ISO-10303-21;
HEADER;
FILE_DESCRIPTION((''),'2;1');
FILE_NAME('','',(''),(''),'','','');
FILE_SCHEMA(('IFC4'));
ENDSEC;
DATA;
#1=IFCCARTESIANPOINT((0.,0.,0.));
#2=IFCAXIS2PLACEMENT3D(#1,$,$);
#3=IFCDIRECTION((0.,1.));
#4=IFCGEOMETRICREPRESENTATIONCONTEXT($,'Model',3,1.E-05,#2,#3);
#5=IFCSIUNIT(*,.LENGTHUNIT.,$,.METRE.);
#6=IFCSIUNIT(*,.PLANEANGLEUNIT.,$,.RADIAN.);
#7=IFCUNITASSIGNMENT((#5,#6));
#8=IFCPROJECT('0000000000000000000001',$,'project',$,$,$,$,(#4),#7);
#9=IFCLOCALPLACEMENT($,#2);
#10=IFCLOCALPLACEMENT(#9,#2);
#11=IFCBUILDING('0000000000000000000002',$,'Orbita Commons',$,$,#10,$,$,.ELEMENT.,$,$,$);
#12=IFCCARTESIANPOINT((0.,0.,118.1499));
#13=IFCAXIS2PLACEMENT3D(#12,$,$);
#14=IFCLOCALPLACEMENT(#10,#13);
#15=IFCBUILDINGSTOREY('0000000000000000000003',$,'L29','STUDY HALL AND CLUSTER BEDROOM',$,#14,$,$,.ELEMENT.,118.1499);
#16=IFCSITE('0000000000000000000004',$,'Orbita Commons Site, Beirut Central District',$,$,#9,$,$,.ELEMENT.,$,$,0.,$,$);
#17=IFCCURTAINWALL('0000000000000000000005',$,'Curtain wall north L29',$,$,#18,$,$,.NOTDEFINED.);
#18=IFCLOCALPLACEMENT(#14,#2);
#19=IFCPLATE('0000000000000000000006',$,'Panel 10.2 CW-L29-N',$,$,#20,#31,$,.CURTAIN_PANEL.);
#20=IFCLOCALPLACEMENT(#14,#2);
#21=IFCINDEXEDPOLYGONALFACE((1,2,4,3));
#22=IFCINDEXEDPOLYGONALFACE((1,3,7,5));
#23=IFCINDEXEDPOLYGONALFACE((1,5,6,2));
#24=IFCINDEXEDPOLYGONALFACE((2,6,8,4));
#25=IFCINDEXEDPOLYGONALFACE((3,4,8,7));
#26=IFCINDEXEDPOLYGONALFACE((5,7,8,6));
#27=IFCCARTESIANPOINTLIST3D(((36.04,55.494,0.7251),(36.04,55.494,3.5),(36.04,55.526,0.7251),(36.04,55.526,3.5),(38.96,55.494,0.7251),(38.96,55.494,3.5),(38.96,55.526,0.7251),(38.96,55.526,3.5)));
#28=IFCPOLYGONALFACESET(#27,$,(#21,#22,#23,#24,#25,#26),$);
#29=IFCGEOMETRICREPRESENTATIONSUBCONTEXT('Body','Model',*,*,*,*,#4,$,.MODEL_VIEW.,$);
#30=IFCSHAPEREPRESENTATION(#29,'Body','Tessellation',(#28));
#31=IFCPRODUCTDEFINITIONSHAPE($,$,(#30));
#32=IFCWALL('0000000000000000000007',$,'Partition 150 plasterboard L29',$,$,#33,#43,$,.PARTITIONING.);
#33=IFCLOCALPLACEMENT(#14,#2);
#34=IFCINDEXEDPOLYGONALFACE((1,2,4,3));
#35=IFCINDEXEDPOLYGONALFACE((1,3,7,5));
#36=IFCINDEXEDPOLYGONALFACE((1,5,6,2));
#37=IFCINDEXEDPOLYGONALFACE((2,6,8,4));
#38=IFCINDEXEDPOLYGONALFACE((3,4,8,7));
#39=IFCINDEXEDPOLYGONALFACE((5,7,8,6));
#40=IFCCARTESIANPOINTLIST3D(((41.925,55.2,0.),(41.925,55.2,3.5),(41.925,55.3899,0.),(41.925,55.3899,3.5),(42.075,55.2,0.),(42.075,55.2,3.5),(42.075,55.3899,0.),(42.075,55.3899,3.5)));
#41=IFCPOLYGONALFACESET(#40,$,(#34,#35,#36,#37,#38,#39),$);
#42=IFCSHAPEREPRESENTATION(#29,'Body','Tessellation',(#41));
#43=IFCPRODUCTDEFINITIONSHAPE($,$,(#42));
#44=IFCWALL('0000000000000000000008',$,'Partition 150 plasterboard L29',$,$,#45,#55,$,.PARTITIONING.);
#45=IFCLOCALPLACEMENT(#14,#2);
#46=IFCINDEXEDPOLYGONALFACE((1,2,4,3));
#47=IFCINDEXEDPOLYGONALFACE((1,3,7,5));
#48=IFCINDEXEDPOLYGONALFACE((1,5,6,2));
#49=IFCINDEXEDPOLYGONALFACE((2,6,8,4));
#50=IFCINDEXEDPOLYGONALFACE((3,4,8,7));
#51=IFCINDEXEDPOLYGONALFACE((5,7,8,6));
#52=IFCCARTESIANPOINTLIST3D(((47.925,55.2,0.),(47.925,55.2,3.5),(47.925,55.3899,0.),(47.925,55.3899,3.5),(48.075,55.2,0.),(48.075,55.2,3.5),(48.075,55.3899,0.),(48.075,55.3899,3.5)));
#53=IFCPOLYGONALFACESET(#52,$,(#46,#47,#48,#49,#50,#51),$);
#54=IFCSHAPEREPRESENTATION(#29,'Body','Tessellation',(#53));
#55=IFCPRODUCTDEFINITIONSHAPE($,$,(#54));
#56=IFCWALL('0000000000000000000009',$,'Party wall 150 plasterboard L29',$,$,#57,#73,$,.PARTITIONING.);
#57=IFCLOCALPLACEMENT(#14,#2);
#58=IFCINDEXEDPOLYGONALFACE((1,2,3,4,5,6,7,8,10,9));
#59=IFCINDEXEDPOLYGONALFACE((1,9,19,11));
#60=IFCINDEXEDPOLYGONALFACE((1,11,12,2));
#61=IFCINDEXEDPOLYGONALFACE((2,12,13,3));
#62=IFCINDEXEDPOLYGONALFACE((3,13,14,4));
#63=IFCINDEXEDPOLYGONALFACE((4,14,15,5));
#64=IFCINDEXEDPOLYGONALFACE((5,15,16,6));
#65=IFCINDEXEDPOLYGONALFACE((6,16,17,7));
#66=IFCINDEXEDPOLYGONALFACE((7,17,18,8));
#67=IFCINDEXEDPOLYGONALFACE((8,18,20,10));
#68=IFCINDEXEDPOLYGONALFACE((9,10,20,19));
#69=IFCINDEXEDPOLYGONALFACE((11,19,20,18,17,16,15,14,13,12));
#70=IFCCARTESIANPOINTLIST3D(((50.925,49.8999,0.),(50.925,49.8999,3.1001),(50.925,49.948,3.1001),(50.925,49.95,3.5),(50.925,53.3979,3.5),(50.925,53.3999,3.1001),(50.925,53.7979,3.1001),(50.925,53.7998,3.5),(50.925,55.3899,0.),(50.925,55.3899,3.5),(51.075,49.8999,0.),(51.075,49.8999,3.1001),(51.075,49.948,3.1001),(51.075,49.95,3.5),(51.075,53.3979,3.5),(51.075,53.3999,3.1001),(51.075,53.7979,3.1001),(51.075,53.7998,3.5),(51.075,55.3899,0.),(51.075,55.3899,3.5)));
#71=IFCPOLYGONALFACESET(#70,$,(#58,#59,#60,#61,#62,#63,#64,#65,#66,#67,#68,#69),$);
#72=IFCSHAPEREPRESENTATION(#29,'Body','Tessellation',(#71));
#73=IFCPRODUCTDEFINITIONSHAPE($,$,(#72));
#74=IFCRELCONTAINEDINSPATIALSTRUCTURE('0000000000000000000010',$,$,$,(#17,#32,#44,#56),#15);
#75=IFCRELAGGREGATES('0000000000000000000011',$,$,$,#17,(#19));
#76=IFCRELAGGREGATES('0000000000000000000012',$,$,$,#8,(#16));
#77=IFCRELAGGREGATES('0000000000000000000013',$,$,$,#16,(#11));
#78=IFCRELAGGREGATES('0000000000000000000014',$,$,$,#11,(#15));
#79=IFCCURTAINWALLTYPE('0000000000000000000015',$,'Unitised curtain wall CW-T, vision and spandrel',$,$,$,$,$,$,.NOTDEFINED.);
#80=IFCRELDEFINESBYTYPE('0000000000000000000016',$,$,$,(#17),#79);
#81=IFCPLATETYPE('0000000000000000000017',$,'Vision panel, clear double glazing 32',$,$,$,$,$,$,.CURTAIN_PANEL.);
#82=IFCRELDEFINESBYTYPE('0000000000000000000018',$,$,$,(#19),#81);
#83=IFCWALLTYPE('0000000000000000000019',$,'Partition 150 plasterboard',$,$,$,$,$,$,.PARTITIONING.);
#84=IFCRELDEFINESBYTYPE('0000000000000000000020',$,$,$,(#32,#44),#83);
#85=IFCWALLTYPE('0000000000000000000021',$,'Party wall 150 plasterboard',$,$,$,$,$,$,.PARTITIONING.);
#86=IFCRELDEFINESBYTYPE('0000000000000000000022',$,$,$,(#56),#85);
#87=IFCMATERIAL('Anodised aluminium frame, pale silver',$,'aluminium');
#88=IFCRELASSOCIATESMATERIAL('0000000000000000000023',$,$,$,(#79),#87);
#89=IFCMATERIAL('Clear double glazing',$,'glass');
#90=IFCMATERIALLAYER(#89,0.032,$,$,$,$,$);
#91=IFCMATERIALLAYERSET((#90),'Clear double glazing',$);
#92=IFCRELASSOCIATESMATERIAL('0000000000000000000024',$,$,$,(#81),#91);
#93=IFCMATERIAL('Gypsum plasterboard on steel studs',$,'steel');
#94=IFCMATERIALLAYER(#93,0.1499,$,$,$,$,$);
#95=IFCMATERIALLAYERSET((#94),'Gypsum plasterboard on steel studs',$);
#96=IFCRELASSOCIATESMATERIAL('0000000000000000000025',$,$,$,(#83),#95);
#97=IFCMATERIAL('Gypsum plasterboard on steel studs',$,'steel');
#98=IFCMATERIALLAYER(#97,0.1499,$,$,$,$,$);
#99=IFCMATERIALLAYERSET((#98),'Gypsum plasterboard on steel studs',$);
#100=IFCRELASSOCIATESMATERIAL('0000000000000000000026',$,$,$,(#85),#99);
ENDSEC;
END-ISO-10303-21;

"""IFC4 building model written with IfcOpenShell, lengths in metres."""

from ifc_helpers import new_model, si_unit, direction, frame, frame_2d, origin, origin_2d, place, context, subcontext, project, spatial, polyline, rectangle, outline, extrude, material, layer, layer_set, type_object, element, aggregate, save


model = new_model("IFC4")

# Units and contexts
model_context = context("Model", 3, precision=1e-05, world=origin(), true_north=direction((0.0, 1.0)))
body_context = subcontext(model_context, "Body", "Model", "MODEL_VIEW")
ifc_project = project(units=[si_unit("LENGTHUNIT", "METRE"), si_unit("PLANEANGLEUNIT", "RADIAN")], contexts=[model_context])

# Site, building, storey
site_placement = place(None, origin())
site = spatial("IfcSite", under=ifc_project, at=site_placement, Name="Orbita Commons Site, Beirut Central District", CompositionType="ELEMENT", RefElevation=0.0)
building_placement = place(site_placement, origin())
building = spatial("IfcBuilding", under=site, at=building_placement, Name="Orbita Commons", CompositionType="ELEMENT")
storey_placement = place(building_placement, frame((0.0, 0.0, 118.1499)))
storey = spatial("IfcBuildingStorey", under=building, at=storey_placement, Name="L29", Description="STUDY HALL AND CLUSTER BEDROOM", CompositionType="ELEMENT", Elevation=118.1499)

# Curtain wall
ifc_material_1 = material(Name="Anodised aluminium frame, pale silver", Category="aluminium")
curtain_wall_type = type_object("IfcCurtainWallType", Name="Unitised curtain wall CW-T, vision and spandrel", PredefinedType="NOTDEFINED", material=ifc_material_1)
curtain_wall_placement = place(storey_placement, origin())
curtain_wall = element("IfcCurtainWall", 1, at=curtain_wall_placement, inside=storey, type_object=curtain_wall_type, Name="Curtain wall north L29", PredefinedType="NOTDEFINED")

# Plate
ifc_material_2 = material(Name="Clear double glazing", Category="glass")
ifc_layer_1 = layer(ifc_material_2, 0.032)
ifc_layer_set_1 = layer_set([ifc_layer_1], Name="Clear double glazing")
plate_type_1 = type_object("IfcPlateType", Name="Vision panel, clear double glazing 32", PredefinedType="CURTAIN_PANEL", material=ifc_layer_set_1)
plate_1_placement = place(storey_placement, frame((37.5, 55.51, 0.7251), z_axis=(0.0, 0.0, 1.0), x_axis=(-1.0, 0.0, 0.0)))
plate_1 = element("IfcPlate", 2, at=plate_1_placement, type_object=plate_type_1, Name="Panel 10.2 CW-L29-N", PredefinedType="CURTAIN_PANEL", context=body_context, shape_type="SweptSolid", body=[
    extrude(rectangle(XDim=2.9199, YDim=0.032, at=origin_2d()), origin(), (0.0, 0.0, 1.0), 2.7749),
])
aggregate(curtain_wall, [plate_1])

# Walls
ifc_material_3 = material(Name="Gypsum plasterboard on steel studs", Category="steel")
ifc_layer_2 = layer(ifc_material_3, 0.1499)
ifc_layer_set_2 = layer_set([ifc_layer_2], Name="Gypsum plasterboard on steel studs")
wall_type_1 = type_object("IfcWallType", Name="Partition 150 plasterboard", PredefinedType="PARTITIONING", material=ifc_layer_set_2)
for number, where, z_axis, x_axis, name in (
    (3, (42.0, 55.2, 0.0), (0.0, 0.0, 1.0), (0.0, 1.0, 0.0), "Partition 150 plasterboard L29"),
    (4, (48.0, 55.2, 0.0), (0.0, 0.0, 1.0), (0.0, 1.0, 0.0), "Partition 150 plasterboard L29"),
):
    element("IfcWall", number, at=place(storey_placement, frame(where, z_axis=z_axis, x_axis=x_axis)), inside=storey, type_object=wall_type_1, Name=name, PredefinedType="PARTITIONING", context=body_context, shape_type="SweptSolid", body=[
        extrude(rectangle(XDim=0.1899, YDim=0.1499, at=frame_2d((0.095, 0.0))), origin(), (0.0, 0.0, 1.0), 3.5),
    ])
ifc_material_4 = material(Name="Gypsum plasterboard on steel studs", Category="steel")
ifc_layer_3 = layer(ifc_material_4, 0.1499)
ifc_layer_set_3 = layer_set([ifc_layer_3], Name="Gypsum plasterboard on steel studs")
wall_type_2 = type_object("IfcWallType", Name="Party wall 150 plasterboard", PredefinedType="PARTITIONING", material=ifc_layer_set_3)
wall_placement = place(storey_placement, frame((51.0, 55.3899, 0.0), z_axis=(0.0, 0.0, 1.0), x_axis=(0.0, -1.0, 0.0)))
element("IfcWall", 5, at=wall_placement, inside=storey, type_object=wall_type_2, Name="Party wall 150 plasterboard L29", PredefinedType="PARTITIONING", context=body_context, shape_type="SweptSolid", body=[
    extrude(outline(polyline([(0.0, 0.0), (5.49, 0.0), (5.49, 3.1001), (5.4419, 3.1001), (5.4399, 3.5), (1.9919, 3.5), (1.99, 3.1001), (1.592, 3.1001), (1.5901, 3.5), (0.0, 3.5), (0.0, 0.0)])), frame((0.0, 0.075, 0.0), z_axis=(0.0, -1.0, 0.0), x_axis=(1.0, 0.0, 0.0)), (0.0, 0.0, 1.0), 0.1499),
])

save(model, "model.ifc")
